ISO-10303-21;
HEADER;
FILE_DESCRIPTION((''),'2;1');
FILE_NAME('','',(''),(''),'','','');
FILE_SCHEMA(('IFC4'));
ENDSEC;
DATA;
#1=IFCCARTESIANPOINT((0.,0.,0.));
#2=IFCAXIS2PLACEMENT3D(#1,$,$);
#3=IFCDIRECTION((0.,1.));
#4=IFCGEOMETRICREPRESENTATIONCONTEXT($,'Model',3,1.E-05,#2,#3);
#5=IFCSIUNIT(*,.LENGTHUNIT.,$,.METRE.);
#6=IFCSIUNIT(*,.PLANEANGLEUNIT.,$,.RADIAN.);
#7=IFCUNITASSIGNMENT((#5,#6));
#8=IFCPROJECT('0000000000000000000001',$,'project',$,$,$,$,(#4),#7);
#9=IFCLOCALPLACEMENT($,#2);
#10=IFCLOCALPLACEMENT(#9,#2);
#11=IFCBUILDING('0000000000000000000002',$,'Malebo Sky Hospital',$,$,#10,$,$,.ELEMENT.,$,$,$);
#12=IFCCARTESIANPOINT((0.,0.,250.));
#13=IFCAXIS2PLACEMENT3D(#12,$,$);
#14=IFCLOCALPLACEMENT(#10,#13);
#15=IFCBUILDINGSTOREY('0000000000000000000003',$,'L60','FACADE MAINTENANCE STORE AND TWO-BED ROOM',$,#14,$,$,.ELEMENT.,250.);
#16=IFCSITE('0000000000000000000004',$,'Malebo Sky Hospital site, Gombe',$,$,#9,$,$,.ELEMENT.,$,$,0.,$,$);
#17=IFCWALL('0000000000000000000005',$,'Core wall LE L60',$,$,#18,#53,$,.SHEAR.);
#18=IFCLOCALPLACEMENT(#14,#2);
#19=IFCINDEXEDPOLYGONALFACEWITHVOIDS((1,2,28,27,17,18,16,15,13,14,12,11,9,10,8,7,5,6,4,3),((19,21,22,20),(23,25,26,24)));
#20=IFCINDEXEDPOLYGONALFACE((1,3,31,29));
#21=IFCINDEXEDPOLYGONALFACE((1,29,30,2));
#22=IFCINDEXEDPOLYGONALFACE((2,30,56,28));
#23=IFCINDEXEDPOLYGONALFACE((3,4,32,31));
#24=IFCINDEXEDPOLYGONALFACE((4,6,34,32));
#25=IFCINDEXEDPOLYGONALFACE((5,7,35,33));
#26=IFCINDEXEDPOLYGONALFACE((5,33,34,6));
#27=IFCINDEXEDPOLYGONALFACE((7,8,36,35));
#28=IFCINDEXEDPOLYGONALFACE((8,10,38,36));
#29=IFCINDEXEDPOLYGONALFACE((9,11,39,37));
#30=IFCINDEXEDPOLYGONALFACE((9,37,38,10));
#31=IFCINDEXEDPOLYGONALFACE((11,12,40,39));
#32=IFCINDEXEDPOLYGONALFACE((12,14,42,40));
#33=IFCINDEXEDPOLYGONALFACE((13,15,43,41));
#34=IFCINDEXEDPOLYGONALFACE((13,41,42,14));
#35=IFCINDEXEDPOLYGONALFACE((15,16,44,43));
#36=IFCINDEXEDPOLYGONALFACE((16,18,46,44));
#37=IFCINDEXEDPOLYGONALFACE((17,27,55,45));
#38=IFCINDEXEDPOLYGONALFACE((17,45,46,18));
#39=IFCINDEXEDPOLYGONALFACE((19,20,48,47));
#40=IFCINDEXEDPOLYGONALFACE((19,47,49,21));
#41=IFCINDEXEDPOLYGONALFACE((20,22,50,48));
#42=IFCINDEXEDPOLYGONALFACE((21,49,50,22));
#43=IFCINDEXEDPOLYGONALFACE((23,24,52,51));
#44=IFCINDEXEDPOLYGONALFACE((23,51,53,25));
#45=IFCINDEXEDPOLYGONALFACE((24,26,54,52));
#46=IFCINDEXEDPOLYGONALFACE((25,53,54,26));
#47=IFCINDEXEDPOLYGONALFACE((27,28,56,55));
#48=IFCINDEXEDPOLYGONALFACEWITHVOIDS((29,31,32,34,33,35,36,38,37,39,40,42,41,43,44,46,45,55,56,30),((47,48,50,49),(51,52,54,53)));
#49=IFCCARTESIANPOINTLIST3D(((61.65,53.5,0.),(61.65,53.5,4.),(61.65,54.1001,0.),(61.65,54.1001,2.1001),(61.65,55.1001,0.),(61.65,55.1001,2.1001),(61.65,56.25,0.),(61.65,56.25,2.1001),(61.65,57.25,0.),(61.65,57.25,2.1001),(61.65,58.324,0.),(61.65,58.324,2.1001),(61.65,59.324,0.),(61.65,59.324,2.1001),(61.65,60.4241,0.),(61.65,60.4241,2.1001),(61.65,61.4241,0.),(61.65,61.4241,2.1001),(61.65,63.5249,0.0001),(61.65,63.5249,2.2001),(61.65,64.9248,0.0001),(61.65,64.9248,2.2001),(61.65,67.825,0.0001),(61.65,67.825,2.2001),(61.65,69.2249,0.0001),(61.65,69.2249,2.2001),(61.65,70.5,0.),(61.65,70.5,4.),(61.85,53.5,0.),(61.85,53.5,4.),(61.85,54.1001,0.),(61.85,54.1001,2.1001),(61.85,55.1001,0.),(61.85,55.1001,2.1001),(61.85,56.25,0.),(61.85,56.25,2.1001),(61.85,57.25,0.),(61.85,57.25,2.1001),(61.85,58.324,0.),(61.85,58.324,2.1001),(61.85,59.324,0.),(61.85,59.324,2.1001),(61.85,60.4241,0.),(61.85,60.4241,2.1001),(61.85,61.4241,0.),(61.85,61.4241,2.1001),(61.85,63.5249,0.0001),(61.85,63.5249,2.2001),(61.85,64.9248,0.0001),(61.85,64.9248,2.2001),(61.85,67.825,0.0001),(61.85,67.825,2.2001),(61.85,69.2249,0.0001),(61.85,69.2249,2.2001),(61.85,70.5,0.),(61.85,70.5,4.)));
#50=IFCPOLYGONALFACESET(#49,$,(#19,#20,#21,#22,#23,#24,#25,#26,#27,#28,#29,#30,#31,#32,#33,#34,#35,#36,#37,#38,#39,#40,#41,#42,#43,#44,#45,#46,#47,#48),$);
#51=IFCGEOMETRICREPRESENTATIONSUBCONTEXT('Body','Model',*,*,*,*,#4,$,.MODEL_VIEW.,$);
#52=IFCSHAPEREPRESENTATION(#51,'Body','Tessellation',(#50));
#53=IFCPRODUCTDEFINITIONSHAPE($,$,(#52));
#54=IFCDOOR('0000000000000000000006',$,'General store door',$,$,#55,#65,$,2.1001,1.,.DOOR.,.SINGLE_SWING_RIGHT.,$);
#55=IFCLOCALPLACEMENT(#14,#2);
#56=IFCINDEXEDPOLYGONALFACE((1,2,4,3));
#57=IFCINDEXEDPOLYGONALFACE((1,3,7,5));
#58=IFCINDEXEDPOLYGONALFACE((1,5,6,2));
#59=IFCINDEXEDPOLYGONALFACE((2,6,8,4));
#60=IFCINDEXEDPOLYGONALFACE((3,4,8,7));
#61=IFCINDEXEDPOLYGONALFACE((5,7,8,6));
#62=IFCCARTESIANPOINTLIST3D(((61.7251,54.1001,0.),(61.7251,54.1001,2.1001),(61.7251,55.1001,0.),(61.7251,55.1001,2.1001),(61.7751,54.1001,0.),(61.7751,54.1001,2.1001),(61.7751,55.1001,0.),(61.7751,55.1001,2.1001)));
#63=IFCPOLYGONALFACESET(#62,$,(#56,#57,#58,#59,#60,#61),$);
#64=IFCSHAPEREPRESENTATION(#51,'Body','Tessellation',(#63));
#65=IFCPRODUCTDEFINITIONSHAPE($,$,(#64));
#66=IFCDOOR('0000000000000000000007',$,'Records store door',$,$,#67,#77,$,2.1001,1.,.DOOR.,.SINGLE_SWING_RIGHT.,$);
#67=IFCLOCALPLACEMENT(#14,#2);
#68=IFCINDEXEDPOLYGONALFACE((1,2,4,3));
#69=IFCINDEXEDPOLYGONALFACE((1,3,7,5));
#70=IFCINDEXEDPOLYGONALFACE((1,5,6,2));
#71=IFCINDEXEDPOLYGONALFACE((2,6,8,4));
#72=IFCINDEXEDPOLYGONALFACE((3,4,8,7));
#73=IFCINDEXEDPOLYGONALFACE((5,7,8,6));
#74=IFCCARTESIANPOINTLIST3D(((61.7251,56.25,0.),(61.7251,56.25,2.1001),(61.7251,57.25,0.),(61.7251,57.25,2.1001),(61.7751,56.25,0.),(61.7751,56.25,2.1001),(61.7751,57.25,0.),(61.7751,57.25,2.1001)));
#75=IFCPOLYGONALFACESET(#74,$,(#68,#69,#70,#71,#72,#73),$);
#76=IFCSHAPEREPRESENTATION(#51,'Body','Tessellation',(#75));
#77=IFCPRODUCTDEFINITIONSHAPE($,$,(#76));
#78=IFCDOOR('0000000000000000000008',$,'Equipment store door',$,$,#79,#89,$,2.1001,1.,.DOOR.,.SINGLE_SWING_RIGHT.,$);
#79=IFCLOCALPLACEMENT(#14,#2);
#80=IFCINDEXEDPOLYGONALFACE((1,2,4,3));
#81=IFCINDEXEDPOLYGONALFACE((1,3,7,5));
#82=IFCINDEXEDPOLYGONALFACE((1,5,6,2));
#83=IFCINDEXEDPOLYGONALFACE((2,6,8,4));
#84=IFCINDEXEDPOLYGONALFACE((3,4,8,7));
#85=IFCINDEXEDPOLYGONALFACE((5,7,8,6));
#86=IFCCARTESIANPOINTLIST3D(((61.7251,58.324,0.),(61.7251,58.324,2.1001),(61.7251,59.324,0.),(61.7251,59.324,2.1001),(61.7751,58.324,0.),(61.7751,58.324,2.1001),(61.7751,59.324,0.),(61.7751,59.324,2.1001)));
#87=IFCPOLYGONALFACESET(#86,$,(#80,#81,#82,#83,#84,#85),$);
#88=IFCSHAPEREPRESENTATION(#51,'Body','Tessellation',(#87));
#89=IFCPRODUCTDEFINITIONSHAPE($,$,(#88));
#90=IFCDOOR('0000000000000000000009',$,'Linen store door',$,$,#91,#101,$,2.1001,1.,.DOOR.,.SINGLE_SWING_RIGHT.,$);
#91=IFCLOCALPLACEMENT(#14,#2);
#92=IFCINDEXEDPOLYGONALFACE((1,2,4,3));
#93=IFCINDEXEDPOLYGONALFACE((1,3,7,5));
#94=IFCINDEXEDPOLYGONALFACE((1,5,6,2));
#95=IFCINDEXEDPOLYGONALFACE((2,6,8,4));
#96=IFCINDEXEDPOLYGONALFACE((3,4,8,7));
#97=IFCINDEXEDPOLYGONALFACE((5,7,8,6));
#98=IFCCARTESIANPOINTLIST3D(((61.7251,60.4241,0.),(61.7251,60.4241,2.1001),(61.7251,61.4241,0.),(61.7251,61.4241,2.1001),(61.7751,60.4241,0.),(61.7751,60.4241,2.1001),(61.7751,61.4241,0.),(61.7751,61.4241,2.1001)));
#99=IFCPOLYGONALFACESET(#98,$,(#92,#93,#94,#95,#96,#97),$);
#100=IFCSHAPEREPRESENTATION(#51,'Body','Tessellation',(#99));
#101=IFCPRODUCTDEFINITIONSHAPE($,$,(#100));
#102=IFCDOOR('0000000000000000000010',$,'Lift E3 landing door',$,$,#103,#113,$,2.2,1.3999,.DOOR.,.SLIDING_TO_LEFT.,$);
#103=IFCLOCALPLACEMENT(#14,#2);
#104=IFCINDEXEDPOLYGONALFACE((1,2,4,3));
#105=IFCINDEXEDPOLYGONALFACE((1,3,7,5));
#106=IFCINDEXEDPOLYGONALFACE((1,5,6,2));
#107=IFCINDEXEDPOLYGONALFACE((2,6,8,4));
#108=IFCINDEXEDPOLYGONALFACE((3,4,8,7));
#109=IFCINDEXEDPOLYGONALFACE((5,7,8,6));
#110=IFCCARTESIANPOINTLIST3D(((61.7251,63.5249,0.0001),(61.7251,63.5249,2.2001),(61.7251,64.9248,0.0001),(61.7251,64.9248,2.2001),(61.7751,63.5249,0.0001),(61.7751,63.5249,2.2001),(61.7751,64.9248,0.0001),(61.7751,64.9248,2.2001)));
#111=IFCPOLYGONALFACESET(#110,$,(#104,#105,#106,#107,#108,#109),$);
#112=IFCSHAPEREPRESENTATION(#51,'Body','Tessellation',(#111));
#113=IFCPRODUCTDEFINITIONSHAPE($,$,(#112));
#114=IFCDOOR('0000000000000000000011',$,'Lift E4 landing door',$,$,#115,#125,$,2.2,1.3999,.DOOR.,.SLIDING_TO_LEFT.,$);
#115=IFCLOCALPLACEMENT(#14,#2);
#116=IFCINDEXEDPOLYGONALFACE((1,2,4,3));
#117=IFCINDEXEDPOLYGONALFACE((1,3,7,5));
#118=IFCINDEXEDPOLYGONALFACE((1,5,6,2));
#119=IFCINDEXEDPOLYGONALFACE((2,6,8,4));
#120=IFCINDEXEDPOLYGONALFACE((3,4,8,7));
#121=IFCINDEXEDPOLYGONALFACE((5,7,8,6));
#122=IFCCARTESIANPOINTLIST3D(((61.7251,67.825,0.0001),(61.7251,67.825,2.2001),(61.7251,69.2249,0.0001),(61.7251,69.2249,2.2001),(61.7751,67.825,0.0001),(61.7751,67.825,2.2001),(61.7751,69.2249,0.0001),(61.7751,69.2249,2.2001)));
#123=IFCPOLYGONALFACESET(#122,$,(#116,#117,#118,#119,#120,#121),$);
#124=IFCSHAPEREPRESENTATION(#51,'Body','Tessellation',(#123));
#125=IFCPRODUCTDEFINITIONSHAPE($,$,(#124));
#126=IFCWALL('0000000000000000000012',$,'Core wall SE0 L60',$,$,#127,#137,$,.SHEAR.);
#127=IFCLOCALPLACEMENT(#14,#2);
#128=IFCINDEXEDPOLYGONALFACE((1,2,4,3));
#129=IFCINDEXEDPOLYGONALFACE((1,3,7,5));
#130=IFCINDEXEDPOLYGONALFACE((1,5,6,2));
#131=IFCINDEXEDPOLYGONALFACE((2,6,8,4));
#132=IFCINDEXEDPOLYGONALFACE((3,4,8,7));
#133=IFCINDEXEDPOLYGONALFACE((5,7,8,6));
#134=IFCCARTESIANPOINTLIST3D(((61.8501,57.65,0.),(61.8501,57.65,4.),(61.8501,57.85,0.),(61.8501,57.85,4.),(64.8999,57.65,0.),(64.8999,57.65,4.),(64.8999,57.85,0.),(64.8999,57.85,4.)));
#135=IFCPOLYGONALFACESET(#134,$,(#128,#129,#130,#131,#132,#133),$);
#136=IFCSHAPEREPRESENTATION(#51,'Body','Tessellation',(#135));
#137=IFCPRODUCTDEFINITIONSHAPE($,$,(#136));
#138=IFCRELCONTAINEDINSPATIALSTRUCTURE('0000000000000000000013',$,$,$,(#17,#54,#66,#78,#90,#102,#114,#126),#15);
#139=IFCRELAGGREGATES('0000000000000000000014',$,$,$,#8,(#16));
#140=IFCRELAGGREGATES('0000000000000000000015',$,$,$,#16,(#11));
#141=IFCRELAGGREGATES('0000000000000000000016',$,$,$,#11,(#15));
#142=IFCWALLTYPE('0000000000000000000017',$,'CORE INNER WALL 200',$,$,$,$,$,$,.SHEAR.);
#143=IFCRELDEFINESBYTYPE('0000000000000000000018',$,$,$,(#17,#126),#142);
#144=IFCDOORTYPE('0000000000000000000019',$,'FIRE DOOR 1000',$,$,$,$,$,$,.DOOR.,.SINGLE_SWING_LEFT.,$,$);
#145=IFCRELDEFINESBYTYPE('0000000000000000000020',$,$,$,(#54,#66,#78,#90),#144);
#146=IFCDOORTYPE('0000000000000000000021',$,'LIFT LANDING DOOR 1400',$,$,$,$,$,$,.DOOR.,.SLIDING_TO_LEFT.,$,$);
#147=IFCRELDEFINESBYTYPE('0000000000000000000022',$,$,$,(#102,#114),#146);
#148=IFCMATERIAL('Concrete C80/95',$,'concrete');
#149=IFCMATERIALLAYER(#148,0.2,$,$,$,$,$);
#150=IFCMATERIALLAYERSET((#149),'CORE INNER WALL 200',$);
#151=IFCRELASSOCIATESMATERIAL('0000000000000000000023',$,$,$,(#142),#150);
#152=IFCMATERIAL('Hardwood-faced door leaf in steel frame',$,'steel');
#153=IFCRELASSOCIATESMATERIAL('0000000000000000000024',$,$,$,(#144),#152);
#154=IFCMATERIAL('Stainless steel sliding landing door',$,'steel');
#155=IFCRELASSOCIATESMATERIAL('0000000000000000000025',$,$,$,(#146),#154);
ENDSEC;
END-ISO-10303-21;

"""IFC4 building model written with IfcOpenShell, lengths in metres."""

from ifc_helpers import new_model, si_unit, direction, frame, frame_2d, origin, place, context, subcontext, project, spatial, rectangle, extrude, material, layer, layer_set, type_object, element, fill, save


model = new_model("IFC4")

# Units and contexts
model_context = context("Model", 3, precision=1e-05, world=origin(), true_north=direction((0.0, 1.0)))
body_context = subcontext(model_context, "Body", "Model", "MODEL_VIEW")
ifc_project = project(units=[si_unit("LENGTHUNIT", "METRE"), si_unit("PLANEANGLEUNIT", "RADIAN")], contexts=[model_context])

# Site, building, storey
site_placement = place(None, origin())
site = spatial("IfcSite", under=ifc_project, at=site_placement, Name="Malebo Sky Hospital site, Gombe", CompositionType="ELEMENT", RefElevation=0.0)
building_placement = place(site_placement, origin())
building = spatial("IfcBuilding", under=site, at=building_placement, Name="Malebo Sky Hospital", CompositionType="ELEMENT")
storey_placement = place(building_placement, frame((0.0, 0.0, 250.0)))
storey = spatial("IfcBuildingStorey", under=building, at=storey_placement, Name="L60", Description="FACADE MAINTENANCE STORE AND TWO-BED ROOM", CompositionType="ELEMENT", Elevation=250.0)

# Wall, openings, doors
ifc_material_1 = material(Name="Concrete C80/95", Category="concrete")
ifc_layer_1 = layer(ifc_material_1, 0.2)
ifc_layer_set_1 = layer_set([ifc_layer_1], Name="CORE INNER WALL 200")
wall_type_1 = type_object("IfcWallType", Name="CORE INNER WALL 200", PredefinedType="SHEAR", material=ifc_layer_set_1)
ifc_material_2 = material(Name="Hardwood-faced door leaf in steel frame", Category="steel")
door_type_1 = type_object("IfcDoorType", Name="FIRE DOOR 1000", OperationType="SINGLE_SWING_LEFT", PredefinedType="DOOR", material=ifc_material_2)
ifc_material_3 = material(Name="Stainless steel sliding landing door", Category="steel")
door_type_2 = type_object("IfcDoorType", Name="LIFT LANDING DOOR 1400", OperationType="SLIDING_TO_LEFT", PredefinedType="DOOR", material=ifc_material_3)
wall_1_placement = place(storey_placement, frame((61.75, 53.5, 0.0), z_axis=(0.0, 0.0, 1.0), x_axis=(0.0, 1.0, 0.0)))
wall_1 = element("IfcWall", 1, at=wall_1_placement, inside=storey, type_object=wall_type_1, Name="Core wall LE L60", PredefinedType="SHEAR", context=body_context, shape_type="SweptSolid", body=[
    extrude(rectangle(XDim=17.0, YDim=0.2, at=frame_2d((8.5, 0.0))), origin(), (0.0, 0.0, 1.0), 4.0),
])
opening_1_placement = place(wall_1_placement, frame((0.6001, 0.0, 0.0)))
opening_1 = element("IfcOpeningElement", 2, at=opening_1_placement, cuts=wall_1, PredefinedType="OPENING", context=body_context, shape_type="SweptSolid", body=[
    extrude(rectangle(XDim=1.0, YDim=2.1001, at=frame_2d((0.5, 1.05))), frame((0.0, 0.1099, 0.0), z_axis=(0.0, -1.0, 0.0), x_axis=(1.0, 0.0, 0.0)), (0.0, 0.0, 1.0), 0.22),
])
opening_2_placement = place(wall_1_placement, frame((2.75, 0.0, 0.0)))
opening_2 = element("IfcOpeningElement", 3, at=opening_2_placement, cuts=wall_1, PredefinedType="OPENING", context=body_context, shape_type="SweptSolid", body=[
    extrude(rectangle(XDim=1.0, YDim=2.1001, at=frame_2d((0.5, 1.05))), frame((0.0, 0.1099, 0.0), z_axis=(0.0, -1.0, 0.0), x_axis=(1.0, 0.0, 0.0)), (0.0, 0.0, 1.0), 0.22),
])
opening_3_placement = place(wall_1_placement, frame((4.824, 0.0, 0.0)))
opening_3 = element("IfcOpeningElement", 4, at=opening_3_placement, cuts=wall_1, PredefinedType="OPENING", context=body_context, shape_type="SweptSolid", body=[
    extrude(rectangle(XDim=1.0, YDim=2.1001, at=frame_2d((0.5, 1.05))), frame((0.0, 0.1099, 0.0), z_axis=(0.0, -1.0, 0.0), x_axis=(1.0, 0.0, 0.0)), (0.0, 0.0, 1.0), 0.22),
])
opening_4_placement = place(wall_1_placement, frame((6.9241, 0.0, 0.0)))
opening_4 = element("IfcOpeningElement", 5, at=opening_4_placement, cuts=wall_1, PredefinedType="OPENING", context=body_context, shape_type="SweptSolid", body=[
    extrude(rectangle(XDim=1.0, YDim=2.1001, at=frame_2d((0.5, 1.05))), frame((0.0, 0.1099, 0.0), z_axis=(0.0, -1.0, 0.0), x_axis=(1.0, 0.0, 0.0)), (0.0, 0.0, 1.0), 0.22),
])
opening_5_placement = place(wall_1_placement, frame((10.0249, 0.0, 0.0)))
opening_5 = element("IfcOpeningElement", 6, at=opening_5_placement, cuts=wall_1, PredefinedType="OPENING", context=body_context, shape_type="SweptSolid", body=[
    extrude(rectangle(XDim=1.3999, YDim=2.2, at=frame_2d((0.7, 1.1001))), frame((0.0, 0.1099, 0.0), z_axis=(0.0, -1.0, 0.0), x_axis=(1.0, 0.0, 0.0)), (0.0, 0.0, 1.0), 0.22),
])
opening_6_placement = place(wall_1_placement, frame((14.325, 0.0, 0.0)))
opening_6 = element("IfcOpeningElement", 7, at=opening_6_placement, cuts=wall_1, PredefinedType="OPENING", context=body_context, shape_type="SweptSolid", body=[
    extrude(rectangle(XDim=1.3999, YDim=2.2, at=frame_2d((0.7, 1.1001))), frame((0.0, 0.1099, 0.0), z_axis=(0.0, -1.0, 0.0), x_axis=(1.0, 0.0, 0.0)), (0.0, 0.0, 1.0), 0.22),
])
door_1_placement = place(opening_1_placement, origin())
door_1 = element("IfcDoor", 8, at=door_1_placement, inside=storey, type_object=door_type_1, Name="General store door", OperationType="SINGLE_SWING_RIGHT", OverallHeight=2.1001, OverallWidth=1.0, PredefinedType="DOOR", context=body_context, shape_type="SweptSolid", body=[
    extrude(rectangle(XDim=1.0, YDim=2.1001, at=frame_2d((0.5, 1.05))), frame((0.0, 0.0249, 0.0), z_axis=(0.0, -1.0, 0.0), x_axis=(1.0, 0.0, 0.0)), (0.0, 0.0, 1.0), 0.05),
])
fill(opening_1, door_1)
door_2_placement = place(opening_2_placement, origin())
door_2 = element("IfcDoor", 9, at=door_2_placement, inside=storey, type_object=door_type_1, Name="Records store door", OperationType="SINGLE_SWING_RIGHT", OverallHeight=2.1001, OverallWidth=1.0, PredefinedType="DOOR", context=body_context, shape_type="SweptSolid", body=[
    extrude(rectangle(XDim=1.0, YDim=2.1001, at=frame_2d((0.5, 1.05))), frame((0.0, 0.0249, 0.0), z_axis=(0.0, -1.0, 0.0), x_axis=(1.0, 0.0, 0.0)), (0.0, 0.0, 1.0), 0.05),
])
fill(opening_2, door_2)
door_3_placement = place(opening_3_placement, origin())
door_3 = element("IfcDoor", 10, at=door_3_placement, inside=storey, type_object=door_type_1, Name="Equipment store door", OperationType="SINGLE_SWING_RIGHT", OverallHeight=2.1001, OverallWidth=1.0, PredefinedType="DOOR", context=body_context, shape_type="SweptSolid", body=[
    extrude(rectangle(XDim=1.0, YDim=2.1001, at=frame_2d((0.5, 1.05))), frame((0.0, 0.0249, 0.0), z_axis=(0.0, -1.0, 0.0), x_axis=(1.0, 0.0, 0.0)), (0.0, 0.0, 1.0), 0.05),
])
fill(opening_3, door_3)
door_4_placement = place(opening_4_placement, origin())
door_4 = element("IfcDoor", 11, at=door_4_placement, inside=storey, type_object=door_type_1, Name="Linen store door", OperationType="SINGLE_SWING_RIGHT", OverallHeight=2.1001, OverallWidth=1.0, PredefinedType="DOOR", context=body_context, shape_type="SweptSolid", body=[
    extrude(rectangle(XDim=1.0, YDim=2.1001, at=frame_2d((0.5, 1.05))), frame((0.0, 0.0249, 0.0), z_axis=(0.0, -1.0, 0.0), x_axis=(1.0, 0.0, 0.0)), (0.0, 0.0, 1.0), 0.05),
])
fill(opening_4, door_4)
door_5_placement = place(opening_5_placement, origin())
door_5 = element("IfcDoor", 12, at=door_5_placement, inside=storey, type_object=door_type_2, Name="Lift E3 landing door", OperationType="SLIDING_TO_LEFT", OverallHeight=2.2, OverallWidth=1.3999, PredefinedType="DOOR", context=body_context, shape_type="SweptSolid", body=[
    extrude(rectangle(XDim=1.3999, YDim=2.2, at=frame_2d((0.7, 1.1001))), frame((0.0, 0.0249, 0.0), z_axis=(0.0, -1.0, 0.0), x_axis=(1.0, 0.0, 0.0)), (0.0, 0.0, 1.0), 0.05),
])
fill(opening_5, door_5)
door_6_placement = place(opening_6_placement, origin())
door_6 = element("IfcDoor", 13, at=door_6_placement, inside=storey, type_object=door_type_2, Name="Lift E4 landing door", OperationType="SLIDING_TO_LEFT", OverallHeight=2.2, OverallWidth=1.3999, PredefinedType="DOOR", context=body_context, shape_type="SweptSolid", body=[
    extrude(rectangle(XDim=1.3999, YDim=2.2, at=frame_2d((0.7, 1.1001))), frame((0.0, 0.0249, 0.0), z_axis=(0.0, -1.0, 0.0), x_axis=(1.0, 0.0, 0.0)), (0.0, 0.0, 1.0), 0.05),
])
fill(opening_6, door_6)

# Wall
wall_2_placement = place(storey_placement, frame((61.8501, 57.75, 0.0), z_axis=(0.0, 0.0, 1.0), x_axis=(1.0, 0.0, 0.0)))
element("IfcWall", 14, at=wall_2_placement, inside=storey, type_object=wall_type_1, Name="Core wall SE0 L60", PredefinedType="SHEAR", context=body_context, shape_type="SweptSolid", body=[
    extrude(rectangle(XDim=3.0498, YDim=0.2, at=frame_2d((1.5249, 0.0))), origin(), (0.0, 0.0, 1.0), 4.0),
])

save(model, "model.ifc")
